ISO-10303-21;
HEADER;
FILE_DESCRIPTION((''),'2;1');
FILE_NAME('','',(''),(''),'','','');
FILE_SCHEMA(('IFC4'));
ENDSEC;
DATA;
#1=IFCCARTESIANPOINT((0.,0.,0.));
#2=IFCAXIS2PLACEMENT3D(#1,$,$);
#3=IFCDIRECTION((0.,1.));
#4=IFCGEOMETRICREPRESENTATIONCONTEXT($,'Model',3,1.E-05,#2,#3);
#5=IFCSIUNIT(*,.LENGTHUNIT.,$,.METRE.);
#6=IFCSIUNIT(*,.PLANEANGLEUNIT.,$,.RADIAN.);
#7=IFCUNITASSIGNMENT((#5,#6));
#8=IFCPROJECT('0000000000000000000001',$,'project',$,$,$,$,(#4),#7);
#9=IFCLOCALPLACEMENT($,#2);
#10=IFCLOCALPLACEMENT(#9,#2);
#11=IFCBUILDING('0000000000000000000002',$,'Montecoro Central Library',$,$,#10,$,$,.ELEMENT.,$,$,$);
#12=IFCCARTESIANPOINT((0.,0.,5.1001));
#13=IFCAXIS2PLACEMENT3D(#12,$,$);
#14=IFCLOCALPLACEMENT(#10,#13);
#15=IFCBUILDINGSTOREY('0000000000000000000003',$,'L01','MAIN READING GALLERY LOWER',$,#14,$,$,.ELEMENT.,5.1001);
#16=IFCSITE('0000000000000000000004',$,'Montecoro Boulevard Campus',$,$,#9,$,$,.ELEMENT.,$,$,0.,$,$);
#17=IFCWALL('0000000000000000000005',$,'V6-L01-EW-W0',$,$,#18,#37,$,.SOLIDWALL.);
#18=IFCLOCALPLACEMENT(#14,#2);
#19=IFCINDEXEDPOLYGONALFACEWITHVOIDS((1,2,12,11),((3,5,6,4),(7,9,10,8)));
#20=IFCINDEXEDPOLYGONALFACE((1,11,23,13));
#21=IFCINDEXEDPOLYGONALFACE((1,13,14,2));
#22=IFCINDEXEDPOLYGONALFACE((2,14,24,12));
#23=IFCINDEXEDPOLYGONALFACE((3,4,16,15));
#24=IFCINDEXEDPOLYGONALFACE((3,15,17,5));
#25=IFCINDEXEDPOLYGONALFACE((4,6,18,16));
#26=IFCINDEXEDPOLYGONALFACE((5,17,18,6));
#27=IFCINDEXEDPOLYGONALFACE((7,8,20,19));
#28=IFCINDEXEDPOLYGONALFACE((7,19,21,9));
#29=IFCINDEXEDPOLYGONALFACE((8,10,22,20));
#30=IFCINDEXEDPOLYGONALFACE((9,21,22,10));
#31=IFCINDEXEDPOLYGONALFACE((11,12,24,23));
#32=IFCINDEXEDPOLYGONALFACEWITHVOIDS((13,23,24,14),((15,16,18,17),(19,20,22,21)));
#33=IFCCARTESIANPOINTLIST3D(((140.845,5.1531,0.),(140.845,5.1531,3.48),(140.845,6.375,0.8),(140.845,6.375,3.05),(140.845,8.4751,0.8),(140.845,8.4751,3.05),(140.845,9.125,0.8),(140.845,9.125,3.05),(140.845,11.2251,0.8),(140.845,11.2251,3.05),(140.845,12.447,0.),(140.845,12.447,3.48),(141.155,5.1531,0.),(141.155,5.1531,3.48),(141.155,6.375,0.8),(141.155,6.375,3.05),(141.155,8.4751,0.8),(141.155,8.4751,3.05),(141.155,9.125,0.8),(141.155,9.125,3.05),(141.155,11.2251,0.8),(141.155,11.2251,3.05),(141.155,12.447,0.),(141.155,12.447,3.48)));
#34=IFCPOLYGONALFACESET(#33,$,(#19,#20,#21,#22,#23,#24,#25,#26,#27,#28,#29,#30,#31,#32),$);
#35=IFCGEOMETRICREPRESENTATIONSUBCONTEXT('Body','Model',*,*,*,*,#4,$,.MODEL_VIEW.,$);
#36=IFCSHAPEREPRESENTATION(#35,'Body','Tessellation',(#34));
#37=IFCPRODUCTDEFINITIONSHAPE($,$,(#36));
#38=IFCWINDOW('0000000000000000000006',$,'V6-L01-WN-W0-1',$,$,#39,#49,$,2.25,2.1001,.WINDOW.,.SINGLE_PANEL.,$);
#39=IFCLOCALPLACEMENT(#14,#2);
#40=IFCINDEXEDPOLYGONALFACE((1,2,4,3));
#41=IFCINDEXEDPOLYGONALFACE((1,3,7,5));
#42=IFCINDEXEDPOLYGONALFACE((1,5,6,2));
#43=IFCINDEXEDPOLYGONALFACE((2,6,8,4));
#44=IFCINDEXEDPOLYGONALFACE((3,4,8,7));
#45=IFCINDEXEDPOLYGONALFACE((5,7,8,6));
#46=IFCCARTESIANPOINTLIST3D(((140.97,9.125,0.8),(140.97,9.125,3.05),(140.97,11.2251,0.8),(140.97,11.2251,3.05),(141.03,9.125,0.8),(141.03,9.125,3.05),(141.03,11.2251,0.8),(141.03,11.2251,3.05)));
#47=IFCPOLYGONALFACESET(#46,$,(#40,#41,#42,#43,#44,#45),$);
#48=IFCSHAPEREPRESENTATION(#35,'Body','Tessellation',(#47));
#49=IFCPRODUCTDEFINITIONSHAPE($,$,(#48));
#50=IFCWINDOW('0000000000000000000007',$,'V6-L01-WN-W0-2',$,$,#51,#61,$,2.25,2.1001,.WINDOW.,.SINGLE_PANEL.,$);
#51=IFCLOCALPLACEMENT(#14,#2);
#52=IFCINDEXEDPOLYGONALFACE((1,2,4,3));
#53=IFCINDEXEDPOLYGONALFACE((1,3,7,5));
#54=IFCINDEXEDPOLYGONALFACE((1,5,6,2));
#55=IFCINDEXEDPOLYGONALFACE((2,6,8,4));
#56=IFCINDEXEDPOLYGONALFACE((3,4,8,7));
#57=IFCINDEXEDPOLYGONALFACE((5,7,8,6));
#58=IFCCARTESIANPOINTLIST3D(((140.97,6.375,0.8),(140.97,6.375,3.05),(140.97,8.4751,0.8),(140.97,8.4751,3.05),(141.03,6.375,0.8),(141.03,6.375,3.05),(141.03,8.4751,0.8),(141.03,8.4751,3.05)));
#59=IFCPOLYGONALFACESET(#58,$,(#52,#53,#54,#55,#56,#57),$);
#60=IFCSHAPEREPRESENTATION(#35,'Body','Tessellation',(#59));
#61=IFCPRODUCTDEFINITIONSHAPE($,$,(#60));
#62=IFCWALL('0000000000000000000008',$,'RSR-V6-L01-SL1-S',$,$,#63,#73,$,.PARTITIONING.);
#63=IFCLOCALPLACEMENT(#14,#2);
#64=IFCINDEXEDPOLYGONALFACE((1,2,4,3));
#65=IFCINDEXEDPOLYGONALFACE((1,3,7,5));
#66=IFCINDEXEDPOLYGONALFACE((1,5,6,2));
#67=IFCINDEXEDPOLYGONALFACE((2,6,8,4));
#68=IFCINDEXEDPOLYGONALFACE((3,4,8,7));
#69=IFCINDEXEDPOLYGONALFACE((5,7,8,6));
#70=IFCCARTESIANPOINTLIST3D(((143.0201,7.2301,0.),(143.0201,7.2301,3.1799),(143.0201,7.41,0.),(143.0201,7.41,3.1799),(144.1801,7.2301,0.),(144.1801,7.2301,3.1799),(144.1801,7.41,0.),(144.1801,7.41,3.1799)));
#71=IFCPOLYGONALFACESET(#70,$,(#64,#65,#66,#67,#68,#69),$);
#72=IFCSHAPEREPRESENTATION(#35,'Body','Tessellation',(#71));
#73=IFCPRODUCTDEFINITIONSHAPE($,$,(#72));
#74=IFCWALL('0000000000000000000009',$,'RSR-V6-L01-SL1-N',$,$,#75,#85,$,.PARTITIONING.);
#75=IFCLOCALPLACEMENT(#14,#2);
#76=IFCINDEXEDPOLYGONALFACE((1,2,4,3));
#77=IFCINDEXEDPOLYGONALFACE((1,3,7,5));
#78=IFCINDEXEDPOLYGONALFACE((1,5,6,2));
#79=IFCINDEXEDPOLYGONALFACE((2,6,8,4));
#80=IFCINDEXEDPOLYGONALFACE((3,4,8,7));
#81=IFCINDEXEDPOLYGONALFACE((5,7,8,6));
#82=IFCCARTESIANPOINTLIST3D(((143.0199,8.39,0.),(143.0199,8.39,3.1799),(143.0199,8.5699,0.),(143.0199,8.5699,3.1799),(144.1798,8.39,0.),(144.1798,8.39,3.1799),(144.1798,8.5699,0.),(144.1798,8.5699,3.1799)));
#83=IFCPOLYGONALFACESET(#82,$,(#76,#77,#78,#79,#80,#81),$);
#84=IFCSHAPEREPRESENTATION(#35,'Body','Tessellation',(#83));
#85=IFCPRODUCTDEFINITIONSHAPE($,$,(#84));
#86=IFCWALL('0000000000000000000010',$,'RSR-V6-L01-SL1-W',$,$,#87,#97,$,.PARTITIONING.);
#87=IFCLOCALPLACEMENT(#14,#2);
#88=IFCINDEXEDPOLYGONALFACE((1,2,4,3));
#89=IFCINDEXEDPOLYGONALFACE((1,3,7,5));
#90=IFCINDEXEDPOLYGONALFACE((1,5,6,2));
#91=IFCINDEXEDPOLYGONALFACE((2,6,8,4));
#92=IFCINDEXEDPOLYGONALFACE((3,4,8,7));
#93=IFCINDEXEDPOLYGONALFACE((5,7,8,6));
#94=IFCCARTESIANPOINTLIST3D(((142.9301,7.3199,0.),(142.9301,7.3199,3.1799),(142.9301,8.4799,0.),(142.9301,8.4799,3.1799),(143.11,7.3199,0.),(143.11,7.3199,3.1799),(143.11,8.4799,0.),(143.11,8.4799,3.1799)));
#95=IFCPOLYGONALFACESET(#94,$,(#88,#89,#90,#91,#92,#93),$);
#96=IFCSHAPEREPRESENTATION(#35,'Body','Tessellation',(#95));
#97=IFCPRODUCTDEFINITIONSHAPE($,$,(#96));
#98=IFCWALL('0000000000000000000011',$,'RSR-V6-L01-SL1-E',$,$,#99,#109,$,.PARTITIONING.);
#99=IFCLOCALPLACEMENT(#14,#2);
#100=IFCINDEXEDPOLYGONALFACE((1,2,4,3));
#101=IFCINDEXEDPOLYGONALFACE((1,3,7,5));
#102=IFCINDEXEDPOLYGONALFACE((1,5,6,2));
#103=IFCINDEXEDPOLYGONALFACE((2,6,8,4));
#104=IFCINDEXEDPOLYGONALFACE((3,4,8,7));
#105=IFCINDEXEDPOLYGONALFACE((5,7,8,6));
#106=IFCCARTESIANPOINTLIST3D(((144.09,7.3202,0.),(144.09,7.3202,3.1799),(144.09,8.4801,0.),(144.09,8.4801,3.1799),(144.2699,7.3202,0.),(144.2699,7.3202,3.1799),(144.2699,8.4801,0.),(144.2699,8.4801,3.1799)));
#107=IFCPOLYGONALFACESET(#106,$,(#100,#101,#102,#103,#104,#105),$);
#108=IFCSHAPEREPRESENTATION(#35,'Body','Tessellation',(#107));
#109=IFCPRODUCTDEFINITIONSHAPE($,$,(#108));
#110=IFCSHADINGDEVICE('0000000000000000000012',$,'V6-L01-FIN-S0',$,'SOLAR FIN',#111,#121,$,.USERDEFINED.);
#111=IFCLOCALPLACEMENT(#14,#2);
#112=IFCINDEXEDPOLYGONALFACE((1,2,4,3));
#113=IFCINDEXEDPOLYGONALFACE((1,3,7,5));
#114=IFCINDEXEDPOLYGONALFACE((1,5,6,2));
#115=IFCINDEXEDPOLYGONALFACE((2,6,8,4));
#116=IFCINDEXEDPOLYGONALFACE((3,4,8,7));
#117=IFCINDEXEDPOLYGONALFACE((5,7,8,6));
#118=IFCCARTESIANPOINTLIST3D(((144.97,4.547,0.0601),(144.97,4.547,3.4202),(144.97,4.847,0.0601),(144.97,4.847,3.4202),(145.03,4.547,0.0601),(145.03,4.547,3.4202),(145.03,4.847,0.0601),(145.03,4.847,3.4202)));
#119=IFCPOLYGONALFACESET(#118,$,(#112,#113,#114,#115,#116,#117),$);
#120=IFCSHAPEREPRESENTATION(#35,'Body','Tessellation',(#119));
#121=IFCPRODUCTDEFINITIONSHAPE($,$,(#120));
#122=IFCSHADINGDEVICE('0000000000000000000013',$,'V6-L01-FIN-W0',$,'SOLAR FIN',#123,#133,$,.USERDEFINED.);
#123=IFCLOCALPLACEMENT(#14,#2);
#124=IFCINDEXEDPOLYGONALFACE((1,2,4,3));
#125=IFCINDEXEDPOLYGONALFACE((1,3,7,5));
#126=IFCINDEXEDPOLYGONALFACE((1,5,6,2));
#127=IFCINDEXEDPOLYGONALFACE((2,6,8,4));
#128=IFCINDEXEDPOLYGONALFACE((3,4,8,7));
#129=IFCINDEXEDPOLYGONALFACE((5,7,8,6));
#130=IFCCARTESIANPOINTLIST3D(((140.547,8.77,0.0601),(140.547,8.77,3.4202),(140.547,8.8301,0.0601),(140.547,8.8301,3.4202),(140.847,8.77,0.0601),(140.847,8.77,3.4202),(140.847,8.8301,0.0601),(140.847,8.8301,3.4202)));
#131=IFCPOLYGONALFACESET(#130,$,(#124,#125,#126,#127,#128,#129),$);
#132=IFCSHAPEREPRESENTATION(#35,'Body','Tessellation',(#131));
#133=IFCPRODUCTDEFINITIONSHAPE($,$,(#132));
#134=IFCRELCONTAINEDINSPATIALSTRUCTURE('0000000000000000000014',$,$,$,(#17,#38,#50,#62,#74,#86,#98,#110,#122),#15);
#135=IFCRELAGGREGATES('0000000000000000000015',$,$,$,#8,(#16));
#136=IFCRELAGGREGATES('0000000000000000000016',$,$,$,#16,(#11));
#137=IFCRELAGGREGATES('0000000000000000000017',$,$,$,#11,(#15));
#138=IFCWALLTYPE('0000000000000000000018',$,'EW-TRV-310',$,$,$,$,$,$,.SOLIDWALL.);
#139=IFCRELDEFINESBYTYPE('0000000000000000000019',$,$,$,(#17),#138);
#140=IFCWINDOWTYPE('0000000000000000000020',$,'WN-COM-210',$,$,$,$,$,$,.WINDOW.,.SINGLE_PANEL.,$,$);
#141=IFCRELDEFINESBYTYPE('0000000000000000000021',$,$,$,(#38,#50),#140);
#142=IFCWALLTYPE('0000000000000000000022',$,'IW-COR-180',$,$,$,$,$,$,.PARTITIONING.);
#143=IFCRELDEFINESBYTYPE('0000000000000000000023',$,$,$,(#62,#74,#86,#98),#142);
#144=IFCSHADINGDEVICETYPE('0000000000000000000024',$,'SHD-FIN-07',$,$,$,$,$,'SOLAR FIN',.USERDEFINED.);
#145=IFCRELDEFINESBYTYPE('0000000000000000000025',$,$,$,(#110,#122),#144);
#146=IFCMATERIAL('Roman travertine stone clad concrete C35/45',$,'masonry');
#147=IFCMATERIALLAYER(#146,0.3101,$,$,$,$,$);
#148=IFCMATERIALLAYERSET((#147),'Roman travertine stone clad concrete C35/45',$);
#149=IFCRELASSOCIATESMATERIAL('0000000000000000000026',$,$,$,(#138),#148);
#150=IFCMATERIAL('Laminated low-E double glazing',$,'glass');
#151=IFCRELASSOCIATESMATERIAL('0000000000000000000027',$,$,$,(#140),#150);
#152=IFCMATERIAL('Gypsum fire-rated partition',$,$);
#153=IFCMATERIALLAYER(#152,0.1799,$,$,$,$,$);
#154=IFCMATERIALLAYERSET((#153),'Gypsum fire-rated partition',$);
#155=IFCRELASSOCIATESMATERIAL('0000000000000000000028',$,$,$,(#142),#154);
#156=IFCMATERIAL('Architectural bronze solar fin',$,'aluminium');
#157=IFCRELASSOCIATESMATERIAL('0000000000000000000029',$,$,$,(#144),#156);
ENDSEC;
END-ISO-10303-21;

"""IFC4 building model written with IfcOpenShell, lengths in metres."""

from ifc_helpers import new_model, si_unit, direction, frame, frame_2d, origin, origin_2d, place, context, subcontext, project, spatial, rectangle, extrude, material, layer, layer_set, type_object, element, fill, save


model = new_model("IFC4")

# Units and contexts
model_context = context("Model", 3, precision=1e-05, world=origin(), true_north=direction((0.0, 1.0)))
body_context = subcontext(model_context, "Body", "Model", "MODEL_VIEW")
ifc_project = project(units=[si_unit("LENGTHUNIT", "METRE"), si_unit("PLANEANGLEUNIT", "RADIAN")], contexts=[model_context])

# Site, building, storey
site_placement = place(None, origin())
site = spatial("IfcSite", under=ifc_project, at=site_placement, Name="Montecoro Boulevard Campus", CompositionType="ELEMENT", RefElevation=0.0)
building_placement = place(site_placement, origin())
building = spatial("IfcBuilding", under=site, at=building_placement, Name="Montecoro Central Library", CompositionType="ELEMENT")
storey_placement = place(building_placement, frame((0.0, 0.0, 5.1001)))
storey = spatial("IfcBuildingStorey", under=building, at=storey_placement, Name="L01", Description="MAIN READING GALLERY LOWER", CompositionType="ELEMENT", Elevation=5.1001)

# Shared definitions
ifc_material_1 = material(Name="Laminated low-E double glazing", Category="glass")

# Wall, openings, windows
ifc_material_2 = material(Name="Roman travertine stone clad concrete C35/45", Category="masonry")
ifc_layer_1 = layer(ifc_material_2, 0.3101)
ifc_layer_set_1 = layer_set([ifc_layer_1], Name="Roman travertine stone clad concrete C35/45")
wall_type_1 = type_object("IfcWallType", Name="EW-TRV-310", PredefinedType="SOLIDWALL", material=ifc_layer_set_1)
window_type = type_object("IfcWindowType", Name="WN-COM-210", PartitioningType="SINGLE_PANEL", PredefinedType="WINDOW", material=ifc_material_1)
wall_1_placement = place(storey_placement, frame((141.0, 12.447, 0.0), z_axis=(0.0, 0.0, 1.0), x_axis=(0.0, -1.0, 0.0)))
wall_1 = element("IfcWall", 1, at=wall_1_placement, inside=storey, type_object=wall_type_1, Name="V6-L01-EW-W0", PredefinedType="SOLIDWALL", context=body_context, shape_type="SweptSolid", body=[
    extrude(rectangle(XDim=7.2939, YDim=0.3101, at=frame_2d((3.647, 0.0))), origin(), (0.0, 0.0, 1.0), 3.48),
])
opening_1_placement = place(wall_1_placement, frame((1.2219, 0.0, 0.8)))
opening_1 = element("IfcOpeningElement", 2, at=opening_1_placement, cuts=wall_1, PredefinedType="OPENING", context=body_context, shape_type="SweptSolid", body=[
    extrude(rectangle(XDim=2.1001, YDim=2.25, at=frame_2d((1.05, 1.125))), frame((0.0, 0.165, 0.0), z_axis=(0.0, -1.0, 0.0), x_axis=(1.0, 0.0, 0.0)), (0.0, 0.0, 1.0), 0.3301),
])
opening_2_placement = place(wall_1_placement, frame((3.9719, 0.0, 0.8)))
opening_2 = element("IfcOpeningElement", 3, at=opening_2_placement, cuts=wall_1, PredefinedType="OPENING", context=body_context, shape_type="SweptSolid", body=[
    extrude(rectangle(XDim=2.1001, YDim=2.25, at=frame_2d((1.05, 1.125))), frame((0.0, 0.165, 0.0), z_axis=(0.0, -1.0, 0.0), x_axis=(1.0, 0.0, 0.0)), (0.0, 0.0, 1.0), 0.3301),
])
window_1_placement = place(opening_1_placement, origin())
window_1 = element("IfcWindow", 4, at=window_1_placement, inside=storey, type_object=window_type, Name="V6-L01-WN-W0-1", OverallHeight=2.25, OverallWidth=2.1001, PartitioningType="SINGLE_PANEL", PredefinedType="WINDOW", context=body_context, shape_type="SweptSolid", body=[
    extrude(rectangle(XDim=2.1001, YDim=2.25, at=frame_2d((1.05, 1.125))), frame((0.0, 0.03, 0.0), z_axis=(0.0, -1.0, 0.0), x_axis=(1.0, 0.0, 0.0)), (0.0, 0.0, 1.0), 0.0601),
])
fill(opening_1, window_1)
window_2_placement = place(opening_2_placement, origin())
window_2 = element("IfcWindow", 5, at=window_2_placement, inside=storey, type_object=window_type, Name="V6-L01-WN-W0-2", OverallHeight=2.25, OverallWidth=2.1001, PartitioningType="SINGLE_PANEL", PredefinedType="WINDOW", context=body_context, shape_type="SweptSolid", body=[
    extrude(rectangle(XDim=2.1001, YDim=2.25, at=frame_2d((1.05, 1.125))), frame((0.0, 0.03, 0.0), z_axis=(0.0, -1.0, 0.0), x_axis=(1.0, 0.0, 0.0)), (0.0, 0.0, 1.0), 0.0601),
])
fill(opening_2, window_2)

# Walls
ifc_material_3 = material(Name="Gypsum fire-rated partition")
ifc_layer_2 = layer(ifc_material_3, 0.1799)
ifc_layer_set_2 = layer_set([ifc_layer_2], Name="Gypsum fire-rated partition")
wall_type_2 = type_object("IfcWallType", Name="IW-COR-180", PredefinedType="PARTITIONING", material=ifc_layer_set_2)
for number, where, z_axis, x_axis, name in (
    (6, (143.02, 7.3201, 0.0), (0.0, 0.0, 1.0), (1.0, 0.0, 0.0), "RSR-V6-L01-SL1-S"),
    (7, (144.1799, 8.48, 0.0), (0.0, 0.0, 1.0), (-1.0, 0.0, 0.0), "RSR-V6-L01-SL1-N"),
    (8, (143.02, 8.48, 0.0), (0.0, 0.0, 1.0), (0.0, -1.0, 0.0), "RSR-V6-L01-SL1-W"),
    (9, (144.1799, 7.3201, 0.0), (0.0, 0.0, 1.0), (0.0, 1.0, 0.0), "RSR-V6-L01-SL1-E"),
):
    element("IfcWall", number, at=place(storey_placement, frame(where, z_axis=z_axis, x_axis=x_axis)), inside=storey, type_object=wall_type_2, Name=name, PredefinedType="PARTITIONING", context=body_context, shape_type="SweptSolid", body=[
        extrude(rectangle(XDim=1.1599, YDim=0.1799, at=frame_2d((0.5801, 0.0))), origin(), (0.0, 0.0, 1.0), 3.1799),
    ])

# Shading devices
ifc_material_4 = material(Name="Architectural bronze solar fin", Category="aluminium")
shading_device_type = type_object("IfcShadingDeviceType", Name="SHD-FIN-07", ElementType="SOLAR FIN", PredefinedType="USERDEFINED", material=ifc_material_4)
for number, where, z_axis, x_axis, name in (
    (10, (145.0, 4.697, 0.0601), (0.0, 0.0, 1.0), (1.0, 0.0, 0.0), "V6-L01-FIN-S0"),
    (11, (140.697, 8.8, 0.0601), (0.0, 0.0, 1.0), (0.0, -1.0, 0.0), "V6-L01-FIN-W0"),
):
    element("IfcShadingDevice", number, at=place(storey_placement, frame(where, z_axis=z_axis, x_axis=x_axis)), inside=storey, type_object=shading_device_type, Name=name, ObjectType="SOLAR FIN", PredefinedType="USERDEFINED", context=body_context, shape_type="SweptSolid", body=[
        extrude(rectangle(XDim=0.0601, YDim=0.3, at=origin_2d()), origin(), (0.0, 0.0, 1.0), 3.3601),
    ])

save(model, "model.ifc")
